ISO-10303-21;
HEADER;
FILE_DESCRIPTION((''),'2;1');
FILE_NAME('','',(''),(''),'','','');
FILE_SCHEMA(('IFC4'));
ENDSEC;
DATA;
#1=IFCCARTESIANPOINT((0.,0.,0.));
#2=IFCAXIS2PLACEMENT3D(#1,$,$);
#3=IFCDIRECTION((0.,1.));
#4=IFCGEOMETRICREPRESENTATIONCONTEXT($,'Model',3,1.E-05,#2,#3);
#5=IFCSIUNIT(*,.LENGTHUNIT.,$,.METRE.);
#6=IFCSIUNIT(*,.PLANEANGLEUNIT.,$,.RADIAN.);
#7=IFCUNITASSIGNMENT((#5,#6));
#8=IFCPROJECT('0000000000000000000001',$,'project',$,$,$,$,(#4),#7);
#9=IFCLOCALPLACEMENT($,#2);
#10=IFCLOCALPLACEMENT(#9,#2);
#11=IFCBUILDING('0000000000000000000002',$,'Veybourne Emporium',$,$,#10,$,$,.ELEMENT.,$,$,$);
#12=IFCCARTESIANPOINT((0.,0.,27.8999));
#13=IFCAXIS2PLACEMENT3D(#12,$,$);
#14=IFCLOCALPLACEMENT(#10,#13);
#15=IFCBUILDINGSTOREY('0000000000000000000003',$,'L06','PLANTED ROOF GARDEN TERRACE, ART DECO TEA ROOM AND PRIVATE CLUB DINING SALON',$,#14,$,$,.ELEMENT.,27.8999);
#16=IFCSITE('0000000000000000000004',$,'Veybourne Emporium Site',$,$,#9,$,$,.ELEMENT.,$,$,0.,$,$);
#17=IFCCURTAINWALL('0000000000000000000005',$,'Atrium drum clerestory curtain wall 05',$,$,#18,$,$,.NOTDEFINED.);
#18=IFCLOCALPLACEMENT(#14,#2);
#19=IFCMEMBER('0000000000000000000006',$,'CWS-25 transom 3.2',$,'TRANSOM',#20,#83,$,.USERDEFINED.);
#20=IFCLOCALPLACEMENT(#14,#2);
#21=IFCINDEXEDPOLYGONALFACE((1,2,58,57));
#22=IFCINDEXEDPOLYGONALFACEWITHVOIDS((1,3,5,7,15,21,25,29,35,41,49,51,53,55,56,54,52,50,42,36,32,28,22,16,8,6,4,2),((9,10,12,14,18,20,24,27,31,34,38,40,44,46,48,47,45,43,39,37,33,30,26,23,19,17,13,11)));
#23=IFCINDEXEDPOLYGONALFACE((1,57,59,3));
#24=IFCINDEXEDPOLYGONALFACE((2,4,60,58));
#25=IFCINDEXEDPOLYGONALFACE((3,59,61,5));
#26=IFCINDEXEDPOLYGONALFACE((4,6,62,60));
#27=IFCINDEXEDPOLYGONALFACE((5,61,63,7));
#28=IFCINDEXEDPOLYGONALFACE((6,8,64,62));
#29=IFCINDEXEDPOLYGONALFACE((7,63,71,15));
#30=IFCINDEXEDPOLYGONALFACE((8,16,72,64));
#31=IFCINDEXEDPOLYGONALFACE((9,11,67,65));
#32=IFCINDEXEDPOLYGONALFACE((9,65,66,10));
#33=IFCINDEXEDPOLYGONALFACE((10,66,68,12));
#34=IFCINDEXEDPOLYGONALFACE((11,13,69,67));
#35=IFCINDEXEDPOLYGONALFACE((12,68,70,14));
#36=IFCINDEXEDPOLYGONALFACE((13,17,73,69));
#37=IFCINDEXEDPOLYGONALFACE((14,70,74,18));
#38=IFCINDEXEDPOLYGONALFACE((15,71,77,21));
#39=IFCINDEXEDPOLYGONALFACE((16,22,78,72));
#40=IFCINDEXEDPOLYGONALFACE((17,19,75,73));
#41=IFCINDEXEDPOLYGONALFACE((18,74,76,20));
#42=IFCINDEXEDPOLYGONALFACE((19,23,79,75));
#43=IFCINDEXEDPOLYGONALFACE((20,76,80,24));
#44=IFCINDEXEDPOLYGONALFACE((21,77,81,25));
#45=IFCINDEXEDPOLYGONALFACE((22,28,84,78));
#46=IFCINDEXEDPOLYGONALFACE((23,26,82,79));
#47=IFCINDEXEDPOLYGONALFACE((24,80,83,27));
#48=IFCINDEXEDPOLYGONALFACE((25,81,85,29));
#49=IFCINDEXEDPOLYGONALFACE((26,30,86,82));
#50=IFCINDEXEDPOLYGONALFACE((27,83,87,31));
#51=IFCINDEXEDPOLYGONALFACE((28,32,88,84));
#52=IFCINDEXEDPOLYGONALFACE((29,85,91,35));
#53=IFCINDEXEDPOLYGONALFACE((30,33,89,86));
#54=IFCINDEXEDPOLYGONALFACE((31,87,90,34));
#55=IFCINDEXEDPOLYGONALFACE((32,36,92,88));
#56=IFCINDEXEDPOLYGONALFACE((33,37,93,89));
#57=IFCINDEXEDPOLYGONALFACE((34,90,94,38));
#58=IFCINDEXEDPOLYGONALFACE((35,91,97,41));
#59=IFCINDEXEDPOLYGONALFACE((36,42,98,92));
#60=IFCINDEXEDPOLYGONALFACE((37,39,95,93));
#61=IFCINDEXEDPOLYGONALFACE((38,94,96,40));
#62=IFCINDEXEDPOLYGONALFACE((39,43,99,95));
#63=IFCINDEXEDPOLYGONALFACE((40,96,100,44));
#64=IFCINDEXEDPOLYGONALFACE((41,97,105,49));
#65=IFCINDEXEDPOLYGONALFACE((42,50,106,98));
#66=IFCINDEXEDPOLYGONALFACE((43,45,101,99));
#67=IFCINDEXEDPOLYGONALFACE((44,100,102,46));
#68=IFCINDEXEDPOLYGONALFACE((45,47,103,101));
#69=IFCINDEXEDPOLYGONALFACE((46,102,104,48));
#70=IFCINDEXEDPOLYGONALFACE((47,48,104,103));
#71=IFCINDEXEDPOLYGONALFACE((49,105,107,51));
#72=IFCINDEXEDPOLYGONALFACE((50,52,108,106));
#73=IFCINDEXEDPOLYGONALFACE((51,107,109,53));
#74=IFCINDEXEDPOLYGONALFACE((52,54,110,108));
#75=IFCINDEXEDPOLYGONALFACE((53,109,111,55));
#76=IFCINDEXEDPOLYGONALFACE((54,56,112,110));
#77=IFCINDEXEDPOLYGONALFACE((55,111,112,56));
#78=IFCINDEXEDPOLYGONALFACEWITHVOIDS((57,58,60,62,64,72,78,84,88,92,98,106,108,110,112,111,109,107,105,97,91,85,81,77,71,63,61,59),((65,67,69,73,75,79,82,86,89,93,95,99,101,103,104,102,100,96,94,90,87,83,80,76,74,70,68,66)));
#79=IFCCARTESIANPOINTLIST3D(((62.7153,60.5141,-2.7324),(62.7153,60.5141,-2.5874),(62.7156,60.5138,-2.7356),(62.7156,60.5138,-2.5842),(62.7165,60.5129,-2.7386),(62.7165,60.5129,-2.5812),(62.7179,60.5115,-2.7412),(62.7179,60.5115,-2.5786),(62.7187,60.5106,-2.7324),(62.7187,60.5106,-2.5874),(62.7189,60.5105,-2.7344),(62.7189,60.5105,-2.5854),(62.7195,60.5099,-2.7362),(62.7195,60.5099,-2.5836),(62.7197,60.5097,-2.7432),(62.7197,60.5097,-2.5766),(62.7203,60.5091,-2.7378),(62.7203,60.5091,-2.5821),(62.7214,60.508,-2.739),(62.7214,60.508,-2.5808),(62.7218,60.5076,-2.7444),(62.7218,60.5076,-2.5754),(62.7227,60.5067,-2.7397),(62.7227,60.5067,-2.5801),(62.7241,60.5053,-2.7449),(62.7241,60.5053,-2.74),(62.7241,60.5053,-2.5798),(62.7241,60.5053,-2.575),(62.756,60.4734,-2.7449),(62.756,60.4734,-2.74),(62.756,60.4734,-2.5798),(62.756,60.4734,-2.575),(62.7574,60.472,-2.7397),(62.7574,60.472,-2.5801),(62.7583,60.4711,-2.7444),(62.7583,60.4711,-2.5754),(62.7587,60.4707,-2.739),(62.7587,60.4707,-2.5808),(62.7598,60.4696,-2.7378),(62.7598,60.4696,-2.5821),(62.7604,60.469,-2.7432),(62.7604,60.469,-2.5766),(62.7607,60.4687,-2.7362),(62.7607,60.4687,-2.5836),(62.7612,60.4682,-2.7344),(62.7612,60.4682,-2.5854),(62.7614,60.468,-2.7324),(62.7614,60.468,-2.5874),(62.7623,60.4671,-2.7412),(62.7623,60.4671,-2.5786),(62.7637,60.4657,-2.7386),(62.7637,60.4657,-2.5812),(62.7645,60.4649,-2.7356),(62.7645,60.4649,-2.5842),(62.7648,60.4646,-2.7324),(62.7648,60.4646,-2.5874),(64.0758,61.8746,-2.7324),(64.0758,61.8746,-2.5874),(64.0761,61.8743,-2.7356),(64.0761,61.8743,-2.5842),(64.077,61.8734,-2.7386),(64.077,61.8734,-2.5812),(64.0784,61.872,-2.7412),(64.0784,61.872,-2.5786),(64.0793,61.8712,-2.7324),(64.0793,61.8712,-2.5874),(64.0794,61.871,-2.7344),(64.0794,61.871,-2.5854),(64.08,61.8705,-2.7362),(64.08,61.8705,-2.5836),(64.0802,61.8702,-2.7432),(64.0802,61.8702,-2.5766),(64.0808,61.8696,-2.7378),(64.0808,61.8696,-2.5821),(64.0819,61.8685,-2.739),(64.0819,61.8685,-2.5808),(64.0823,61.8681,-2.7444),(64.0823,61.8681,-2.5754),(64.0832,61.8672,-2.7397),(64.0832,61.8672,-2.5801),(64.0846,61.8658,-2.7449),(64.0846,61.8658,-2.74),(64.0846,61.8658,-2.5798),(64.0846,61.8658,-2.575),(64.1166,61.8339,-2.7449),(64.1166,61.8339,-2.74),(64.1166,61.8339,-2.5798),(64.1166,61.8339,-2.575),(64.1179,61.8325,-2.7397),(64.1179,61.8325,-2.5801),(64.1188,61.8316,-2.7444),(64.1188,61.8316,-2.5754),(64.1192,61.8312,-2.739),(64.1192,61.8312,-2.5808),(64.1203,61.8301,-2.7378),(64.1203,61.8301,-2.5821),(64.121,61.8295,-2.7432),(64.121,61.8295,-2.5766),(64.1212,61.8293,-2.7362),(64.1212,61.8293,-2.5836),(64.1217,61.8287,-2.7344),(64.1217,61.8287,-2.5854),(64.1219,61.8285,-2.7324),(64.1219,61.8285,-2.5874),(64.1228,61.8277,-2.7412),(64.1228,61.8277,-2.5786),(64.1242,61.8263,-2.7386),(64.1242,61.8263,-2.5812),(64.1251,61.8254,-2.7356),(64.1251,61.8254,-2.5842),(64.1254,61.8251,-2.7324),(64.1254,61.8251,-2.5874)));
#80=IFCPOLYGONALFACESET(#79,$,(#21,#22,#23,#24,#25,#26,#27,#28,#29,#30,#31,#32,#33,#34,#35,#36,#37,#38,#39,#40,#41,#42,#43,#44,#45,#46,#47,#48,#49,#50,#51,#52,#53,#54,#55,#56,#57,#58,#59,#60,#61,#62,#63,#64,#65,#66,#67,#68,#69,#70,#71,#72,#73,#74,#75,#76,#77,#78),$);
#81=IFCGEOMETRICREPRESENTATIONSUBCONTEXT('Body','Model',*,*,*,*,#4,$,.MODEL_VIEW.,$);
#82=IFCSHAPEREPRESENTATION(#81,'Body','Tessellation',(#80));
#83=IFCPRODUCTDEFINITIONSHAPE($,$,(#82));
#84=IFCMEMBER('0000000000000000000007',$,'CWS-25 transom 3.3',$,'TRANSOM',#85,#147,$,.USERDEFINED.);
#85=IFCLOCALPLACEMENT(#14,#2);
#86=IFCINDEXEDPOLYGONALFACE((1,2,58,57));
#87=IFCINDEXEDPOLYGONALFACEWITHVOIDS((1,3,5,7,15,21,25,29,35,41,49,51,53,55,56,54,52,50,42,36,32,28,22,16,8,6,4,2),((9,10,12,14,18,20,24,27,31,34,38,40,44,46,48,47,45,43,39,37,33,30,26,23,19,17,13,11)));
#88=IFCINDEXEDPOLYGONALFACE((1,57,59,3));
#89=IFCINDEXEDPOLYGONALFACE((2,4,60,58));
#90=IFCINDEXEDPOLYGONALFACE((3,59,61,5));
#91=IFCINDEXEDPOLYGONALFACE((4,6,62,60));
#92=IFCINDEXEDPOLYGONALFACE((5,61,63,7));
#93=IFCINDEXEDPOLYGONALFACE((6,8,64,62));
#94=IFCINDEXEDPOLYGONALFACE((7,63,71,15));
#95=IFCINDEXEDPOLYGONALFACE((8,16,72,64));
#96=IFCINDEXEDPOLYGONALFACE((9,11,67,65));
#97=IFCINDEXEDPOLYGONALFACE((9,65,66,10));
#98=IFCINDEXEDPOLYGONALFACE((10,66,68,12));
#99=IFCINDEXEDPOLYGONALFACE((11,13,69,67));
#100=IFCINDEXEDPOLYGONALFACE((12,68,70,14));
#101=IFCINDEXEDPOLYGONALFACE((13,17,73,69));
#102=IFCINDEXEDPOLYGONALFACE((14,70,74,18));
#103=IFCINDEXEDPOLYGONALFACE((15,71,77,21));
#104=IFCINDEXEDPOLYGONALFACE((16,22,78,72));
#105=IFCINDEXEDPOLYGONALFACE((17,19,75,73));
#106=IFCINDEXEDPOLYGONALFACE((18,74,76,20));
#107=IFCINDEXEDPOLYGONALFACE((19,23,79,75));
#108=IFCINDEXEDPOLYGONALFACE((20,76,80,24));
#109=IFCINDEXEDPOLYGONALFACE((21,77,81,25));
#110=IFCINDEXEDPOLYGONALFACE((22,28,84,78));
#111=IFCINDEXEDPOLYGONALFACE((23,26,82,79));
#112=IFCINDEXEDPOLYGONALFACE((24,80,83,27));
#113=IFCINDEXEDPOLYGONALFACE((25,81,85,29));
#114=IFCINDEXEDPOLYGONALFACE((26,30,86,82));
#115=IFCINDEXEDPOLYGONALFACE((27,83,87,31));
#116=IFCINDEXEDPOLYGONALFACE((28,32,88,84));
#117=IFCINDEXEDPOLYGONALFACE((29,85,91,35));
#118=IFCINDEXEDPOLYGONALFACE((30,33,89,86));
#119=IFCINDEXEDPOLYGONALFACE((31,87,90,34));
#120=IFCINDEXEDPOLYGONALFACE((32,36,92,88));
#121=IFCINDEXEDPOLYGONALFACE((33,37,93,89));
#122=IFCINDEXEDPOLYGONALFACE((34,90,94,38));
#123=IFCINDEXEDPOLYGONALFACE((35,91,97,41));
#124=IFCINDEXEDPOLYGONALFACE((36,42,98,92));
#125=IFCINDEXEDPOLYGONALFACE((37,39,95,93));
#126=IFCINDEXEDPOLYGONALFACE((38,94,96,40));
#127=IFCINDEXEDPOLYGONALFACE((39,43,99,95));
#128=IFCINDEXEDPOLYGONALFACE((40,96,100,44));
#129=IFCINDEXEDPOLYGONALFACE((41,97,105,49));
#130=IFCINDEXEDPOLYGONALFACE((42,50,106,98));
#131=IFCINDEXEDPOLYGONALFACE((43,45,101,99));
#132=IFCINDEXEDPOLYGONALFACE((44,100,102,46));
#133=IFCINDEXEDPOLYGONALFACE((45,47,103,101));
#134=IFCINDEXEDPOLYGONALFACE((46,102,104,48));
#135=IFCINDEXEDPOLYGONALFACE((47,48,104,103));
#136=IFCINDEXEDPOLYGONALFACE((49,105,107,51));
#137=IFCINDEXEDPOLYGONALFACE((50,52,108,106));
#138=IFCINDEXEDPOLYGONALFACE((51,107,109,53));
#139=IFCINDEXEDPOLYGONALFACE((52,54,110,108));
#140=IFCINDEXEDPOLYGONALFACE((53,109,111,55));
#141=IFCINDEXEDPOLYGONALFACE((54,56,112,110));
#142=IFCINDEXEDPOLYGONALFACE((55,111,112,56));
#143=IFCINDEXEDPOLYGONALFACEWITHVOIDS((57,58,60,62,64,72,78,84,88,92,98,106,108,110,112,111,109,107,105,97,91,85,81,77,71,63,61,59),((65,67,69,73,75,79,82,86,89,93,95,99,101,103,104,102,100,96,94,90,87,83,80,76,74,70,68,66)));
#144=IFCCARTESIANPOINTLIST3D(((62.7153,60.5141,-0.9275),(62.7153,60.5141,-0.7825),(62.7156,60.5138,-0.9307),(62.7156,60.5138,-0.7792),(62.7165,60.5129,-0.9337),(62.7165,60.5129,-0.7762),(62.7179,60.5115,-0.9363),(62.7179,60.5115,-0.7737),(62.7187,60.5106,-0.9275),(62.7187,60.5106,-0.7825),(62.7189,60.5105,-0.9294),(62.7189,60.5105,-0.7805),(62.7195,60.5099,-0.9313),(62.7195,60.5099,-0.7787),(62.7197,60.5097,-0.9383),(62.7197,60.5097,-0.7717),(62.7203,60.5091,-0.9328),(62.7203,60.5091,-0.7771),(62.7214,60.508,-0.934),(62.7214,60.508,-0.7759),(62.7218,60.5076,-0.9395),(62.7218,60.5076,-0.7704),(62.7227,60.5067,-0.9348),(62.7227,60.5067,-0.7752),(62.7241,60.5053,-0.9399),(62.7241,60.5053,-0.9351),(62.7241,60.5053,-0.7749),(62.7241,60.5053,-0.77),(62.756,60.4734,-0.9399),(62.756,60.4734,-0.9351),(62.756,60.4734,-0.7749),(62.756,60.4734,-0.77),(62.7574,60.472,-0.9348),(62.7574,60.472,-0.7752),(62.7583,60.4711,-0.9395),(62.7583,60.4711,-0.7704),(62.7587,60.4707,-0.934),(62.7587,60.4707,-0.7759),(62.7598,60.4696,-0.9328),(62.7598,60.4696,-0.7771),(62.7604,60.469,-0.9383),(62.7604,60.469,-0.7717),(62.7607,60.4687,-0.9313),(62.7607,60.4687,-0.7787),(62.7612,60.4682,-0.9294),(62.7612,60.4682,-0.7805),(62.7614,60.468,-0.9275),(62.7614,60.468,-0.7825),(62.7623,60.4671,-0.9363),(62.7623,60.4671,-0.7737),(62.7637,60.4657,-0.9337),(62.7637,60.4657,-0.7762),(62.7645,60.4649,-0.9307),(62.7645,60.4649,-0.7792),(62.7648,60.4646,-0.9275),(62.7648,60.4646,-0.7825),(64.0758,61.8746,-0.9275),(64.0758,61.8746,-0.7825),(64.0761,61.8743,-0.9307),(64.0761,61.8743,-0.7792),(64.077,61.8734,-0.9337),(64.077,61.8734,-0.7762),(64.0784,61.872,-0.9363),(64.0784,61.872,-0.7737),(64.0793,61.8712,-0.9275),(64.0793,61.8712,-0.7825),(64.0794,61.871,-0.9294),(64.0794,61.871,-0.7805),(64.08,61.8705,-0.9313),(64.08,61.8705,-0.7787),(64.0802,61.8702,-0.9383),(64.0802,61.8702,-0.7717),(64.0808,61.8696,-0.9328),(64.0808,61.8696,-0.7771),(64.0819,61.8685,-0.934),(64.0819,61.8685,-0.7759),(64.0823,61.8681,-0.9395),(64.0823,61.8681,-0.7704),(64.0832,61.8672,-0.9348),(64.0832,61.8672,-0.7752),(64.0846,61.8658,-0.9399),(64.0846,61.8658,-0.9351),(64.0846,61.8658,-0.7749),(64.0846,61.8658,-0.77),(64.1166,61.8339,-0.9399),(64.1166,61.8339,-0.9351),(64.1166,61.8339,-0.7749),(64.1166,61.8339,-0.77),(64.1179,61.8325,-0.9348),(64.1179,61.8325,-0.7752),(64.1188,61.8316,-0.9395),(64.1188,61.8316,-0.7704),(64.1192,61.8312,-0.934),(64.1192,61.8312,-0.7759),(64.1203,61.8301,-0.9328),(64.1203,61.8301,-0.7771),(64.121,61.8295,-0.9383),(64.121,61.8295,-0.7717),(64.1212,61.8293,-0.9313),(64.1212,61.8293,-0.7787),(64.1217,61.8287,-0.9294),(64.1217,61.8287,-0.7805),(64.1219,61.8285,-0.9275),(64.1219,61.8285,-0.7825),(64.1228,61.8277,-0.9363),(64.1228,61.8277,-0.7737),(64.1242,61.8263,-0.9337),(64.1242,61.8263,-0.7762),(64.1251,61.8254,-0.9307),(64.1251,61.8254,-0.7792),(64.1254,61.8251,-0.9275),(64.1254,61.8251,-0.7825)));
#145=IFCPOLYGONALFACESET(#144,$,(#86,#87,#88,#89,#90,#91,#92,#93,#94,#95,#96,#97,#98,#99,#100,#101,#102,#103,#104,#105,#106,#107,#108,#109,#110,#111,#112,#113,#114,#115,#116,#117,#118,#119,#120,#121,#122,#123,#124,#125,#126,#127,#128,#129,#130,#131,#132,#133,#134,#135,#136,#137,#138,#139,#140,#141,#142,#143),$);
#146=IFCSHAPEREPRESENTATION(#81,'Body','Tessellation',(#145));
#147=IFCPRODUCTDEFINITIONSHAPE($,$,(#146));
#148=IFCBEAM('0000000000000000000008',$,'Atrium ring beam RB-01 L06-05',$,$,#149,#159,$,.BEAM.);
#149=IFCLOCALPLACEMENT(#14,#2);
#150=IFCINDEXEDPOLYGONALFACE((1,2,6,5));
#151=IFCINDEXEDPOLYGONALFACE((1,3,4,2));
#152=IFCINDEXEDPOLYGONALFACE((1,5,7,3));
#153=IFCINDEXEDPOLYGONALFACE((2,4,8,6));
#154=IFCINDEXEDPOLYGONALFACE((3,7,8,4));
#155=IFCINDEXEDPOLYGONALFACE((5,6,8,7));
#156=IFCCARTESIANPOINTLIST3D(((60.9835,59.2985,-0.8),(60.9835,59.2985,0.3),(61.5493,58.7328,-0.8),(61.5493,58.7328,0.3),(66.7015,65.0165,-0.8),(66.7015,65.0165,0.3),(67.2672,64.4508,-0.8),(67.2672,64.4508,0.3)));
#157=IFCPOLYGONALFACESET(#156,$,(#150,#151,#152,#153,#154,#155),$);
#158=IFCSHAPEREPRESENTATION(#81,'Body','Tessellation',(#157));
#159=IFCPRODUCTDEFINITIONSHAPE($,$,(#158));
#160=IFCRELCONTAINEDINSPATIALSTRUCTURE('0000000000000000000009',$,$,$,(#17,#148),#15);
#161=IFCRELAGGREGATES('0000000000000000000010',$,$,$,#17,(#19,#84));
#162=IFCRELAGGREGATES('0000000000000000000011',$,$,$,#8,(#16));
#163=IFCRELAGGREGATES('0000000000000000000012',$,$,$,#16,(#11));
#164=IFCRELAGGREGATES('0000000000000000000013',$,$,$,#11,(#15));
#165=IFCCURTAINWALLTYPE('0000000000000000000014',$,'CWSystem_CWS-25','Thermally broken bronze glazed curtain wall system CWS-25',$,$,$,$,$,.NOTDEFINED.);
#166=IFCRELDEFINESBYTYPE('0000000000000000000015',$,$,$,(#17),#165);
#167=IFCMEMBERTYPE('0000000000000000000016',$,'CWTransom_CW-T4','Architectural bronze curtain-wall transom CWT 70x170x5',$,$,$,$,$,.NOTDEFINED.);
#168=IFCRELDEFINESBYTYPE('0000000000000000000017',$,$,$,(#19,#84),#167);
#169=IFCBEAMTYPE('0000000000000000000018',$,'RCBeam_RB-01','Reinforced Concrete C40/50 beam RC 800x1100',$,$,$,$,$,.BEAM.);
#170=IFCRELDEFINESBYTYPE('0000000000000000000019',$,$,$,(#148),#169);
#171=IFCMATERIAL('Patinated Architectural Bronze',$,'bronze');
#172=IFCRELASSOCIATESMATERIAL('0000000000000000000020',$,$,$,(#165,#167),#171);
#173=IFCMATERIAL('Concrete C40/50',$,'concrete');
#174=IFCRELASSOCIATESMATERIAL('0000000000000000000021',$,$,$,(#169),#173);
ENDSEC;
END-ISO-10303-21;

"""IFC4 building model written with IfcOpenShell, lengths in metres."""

from ifc_helpers import new_model, si_unit, direction, frame, origin, origin_2d, place, context, subcontext, project, spatial, rectangle, hollow_rectangle, extrude, material, material_profile, profile_set, type_object, element, aggregate, save


model = new_model("IFC4")

# Units and contexts
model_context = context("Model", 3, precision=1e-05, world=origin(), true_north=direction((0.0, 1.0)))
body_context = subcontext(model_context, "Body", "Model", "MODEL_VIEW")
ifc_project = project(units=[si_unit("LENGTHUNIT", "METRE"), si_unit("PLANEANGLEUNIT", "RADIAN")], contexts=[model_context])

# Site, building, storey
site_placement = place(None, origin())
site = spatial("IfcSite", under=ifc_project, at=site_placement, Name="Veybourne Emporium Site", CompositionType="ELEMENT", RefElevation=0.0)
building_placement = place(site_placement, origin())
building = spatial("IfcBuilding", under=site, at=building_placement, Name="Veybourne Emporium", CompositionType="ELEMENT")
storey_placement = place(building_placement, frame((0.0, 0.0, 27.8999)))
storey = spatial("IfcBuildingStorey", under=building, at=storey_placement, Name="L06", Description="PLANTED ROOF GARDEN TERRACE, ART DECO TEA ROOM AND PRIVATE CLUB DINING SALON", CompositionType="ELEMENT", Elevation=27.8999)

# Shared definitions
ifc_material_1 = material(Name="Concrete C40/50", Category="concrete")

# Curtain wall
ifc_material_2 = material(Name="Patinated Architectural Bronze", Category="bronze")
curtain_wall_type_1 = type_object("IfcCurtainWallType", Name="CWSystem_CWS-25", Description="Thermally broken bronze glazed curtain wall system CWS-25", PredefinedType="NOTDEFINED", material=ifc_material_2)
curtain_wall_1_placement = place(storey_placement, origin())
curtain_wall_1 = element("IfcCurtainWall", 1, at=curtain_wall_1_placement, inside=storey, type_object=curtain_wall_type_1, Name="Atrium drum clerestory curtain wall 05", PredefinedType="NOTDEFINED")

# Members
ifc_material_profile_1 = material_profile(ifc_material_2, hollow_rectangle(XDim=0.0701, YDim=0.1699, WallThickness=0.0049, InnerFilletRadius=0.0076, OuterFilletRadius=0.0125, at=origin_2d()), Name="CWT 70x170x5")
ifc_profile_set_1 = profile_set([ifc_material_profile_1], Name="Patinated Architectural Bronze")
member_type_1 = type_object("IfcMemberType", Name="CWTransom_CW-T4", Description="Architectural bronze curtain-wall transom CWT 70x170x5", PredefinedType="NOTDEFINED", material=ifc_profile_set_1)
member_1_placement = place(storey_placement, frame((64.1006, 61.8499, -2.6599), z_axis=(-0.707107, -0.707107, 0.0), x_axis=(0.707107, -0.707107, 0.0)))
member_1 = element("IfcMember", 2, at=member_1_placement, type_object=member_type_1, Name="CWS-25 transom 3.2", ObjectType="TRANSOM", PredefinedType="USERDEFINED", context=body_context, shape_type="SweptSolid", body=[
    extrude(hollow_rectangle(XDim=0.0701, YDim=0.1699, WallThickness=0.0049, InnerFilletRadius=0.0076, OuterFilletRadius=0.0125, at=origin_2d()), origin(), (0.0, 0.0, 1.0), 1.9241),
])
member_2_placement = place(storey_placement, frame((64.1006, 61.8499, -0.855), z_axis=(-0.707107, -0.707107, 0.0), x_axis=(0.707107, -0.707107, 0.0)))
member_2 = element("IfcMember", 3, at=member_2_placement, type_object=member_type_1, Name="CWS-25 transom 3.3", ObjectType="TRANSOM", PredefinedType="USERDEFINED", context=body_context, shape_type="SweptSolid", body=[
    extrude(hollow_rectangle(XDim=0.0701, YDim=0.1699, WallThickness=0.0049, InnerFilletRadius=0.0076, OuterFilletRadius=0.0125, at=origin_2d()), origin(), (0.0, 0.0, 1.0), 1.9241),
])

# Beam
ifc_material_profile_2 = material_profile(ifc_material_1, rectangle(XDim=0.8, YDim=1.1001, at=origin_2d()), Name="RC 800x1100")
ifc_profile_set_2 = profile_set([ifc_material_profile_2], Name="Concrete C40/50")
beam_type = type_object("IfcBeamType", Name="RCBeam_RB-01", Description="Reinforced Concrete C40/50 beam RC 800x1100", PredefinedType="BEAM", material=ifc_profile_set_2)
beam_placement = place(storey_placement, frame((66.9844, 64.7336, -0.25), z_axis=(-0.707107, -0.707107, 0.0), x_axis=(0.707107, -0.707107, 0.0)))
element("IfcBeam", 4, at=beam_placement, inside=storey, type_object=beam_type, Name="Atrium ring beam RB-01 L06-05", PredefinedType="BEAM", context=body_context, shape_type="SweptSolid", body=[
    extrude(rectangle(XDim=0.8, YDim=1.1001, at=origin_2d()), origin(), (0.0, 0.0, 1.0), 8.0864),
])

aggregate(curtain_wall_1, [member_1, member_2])

save(model, "model.ifc")
